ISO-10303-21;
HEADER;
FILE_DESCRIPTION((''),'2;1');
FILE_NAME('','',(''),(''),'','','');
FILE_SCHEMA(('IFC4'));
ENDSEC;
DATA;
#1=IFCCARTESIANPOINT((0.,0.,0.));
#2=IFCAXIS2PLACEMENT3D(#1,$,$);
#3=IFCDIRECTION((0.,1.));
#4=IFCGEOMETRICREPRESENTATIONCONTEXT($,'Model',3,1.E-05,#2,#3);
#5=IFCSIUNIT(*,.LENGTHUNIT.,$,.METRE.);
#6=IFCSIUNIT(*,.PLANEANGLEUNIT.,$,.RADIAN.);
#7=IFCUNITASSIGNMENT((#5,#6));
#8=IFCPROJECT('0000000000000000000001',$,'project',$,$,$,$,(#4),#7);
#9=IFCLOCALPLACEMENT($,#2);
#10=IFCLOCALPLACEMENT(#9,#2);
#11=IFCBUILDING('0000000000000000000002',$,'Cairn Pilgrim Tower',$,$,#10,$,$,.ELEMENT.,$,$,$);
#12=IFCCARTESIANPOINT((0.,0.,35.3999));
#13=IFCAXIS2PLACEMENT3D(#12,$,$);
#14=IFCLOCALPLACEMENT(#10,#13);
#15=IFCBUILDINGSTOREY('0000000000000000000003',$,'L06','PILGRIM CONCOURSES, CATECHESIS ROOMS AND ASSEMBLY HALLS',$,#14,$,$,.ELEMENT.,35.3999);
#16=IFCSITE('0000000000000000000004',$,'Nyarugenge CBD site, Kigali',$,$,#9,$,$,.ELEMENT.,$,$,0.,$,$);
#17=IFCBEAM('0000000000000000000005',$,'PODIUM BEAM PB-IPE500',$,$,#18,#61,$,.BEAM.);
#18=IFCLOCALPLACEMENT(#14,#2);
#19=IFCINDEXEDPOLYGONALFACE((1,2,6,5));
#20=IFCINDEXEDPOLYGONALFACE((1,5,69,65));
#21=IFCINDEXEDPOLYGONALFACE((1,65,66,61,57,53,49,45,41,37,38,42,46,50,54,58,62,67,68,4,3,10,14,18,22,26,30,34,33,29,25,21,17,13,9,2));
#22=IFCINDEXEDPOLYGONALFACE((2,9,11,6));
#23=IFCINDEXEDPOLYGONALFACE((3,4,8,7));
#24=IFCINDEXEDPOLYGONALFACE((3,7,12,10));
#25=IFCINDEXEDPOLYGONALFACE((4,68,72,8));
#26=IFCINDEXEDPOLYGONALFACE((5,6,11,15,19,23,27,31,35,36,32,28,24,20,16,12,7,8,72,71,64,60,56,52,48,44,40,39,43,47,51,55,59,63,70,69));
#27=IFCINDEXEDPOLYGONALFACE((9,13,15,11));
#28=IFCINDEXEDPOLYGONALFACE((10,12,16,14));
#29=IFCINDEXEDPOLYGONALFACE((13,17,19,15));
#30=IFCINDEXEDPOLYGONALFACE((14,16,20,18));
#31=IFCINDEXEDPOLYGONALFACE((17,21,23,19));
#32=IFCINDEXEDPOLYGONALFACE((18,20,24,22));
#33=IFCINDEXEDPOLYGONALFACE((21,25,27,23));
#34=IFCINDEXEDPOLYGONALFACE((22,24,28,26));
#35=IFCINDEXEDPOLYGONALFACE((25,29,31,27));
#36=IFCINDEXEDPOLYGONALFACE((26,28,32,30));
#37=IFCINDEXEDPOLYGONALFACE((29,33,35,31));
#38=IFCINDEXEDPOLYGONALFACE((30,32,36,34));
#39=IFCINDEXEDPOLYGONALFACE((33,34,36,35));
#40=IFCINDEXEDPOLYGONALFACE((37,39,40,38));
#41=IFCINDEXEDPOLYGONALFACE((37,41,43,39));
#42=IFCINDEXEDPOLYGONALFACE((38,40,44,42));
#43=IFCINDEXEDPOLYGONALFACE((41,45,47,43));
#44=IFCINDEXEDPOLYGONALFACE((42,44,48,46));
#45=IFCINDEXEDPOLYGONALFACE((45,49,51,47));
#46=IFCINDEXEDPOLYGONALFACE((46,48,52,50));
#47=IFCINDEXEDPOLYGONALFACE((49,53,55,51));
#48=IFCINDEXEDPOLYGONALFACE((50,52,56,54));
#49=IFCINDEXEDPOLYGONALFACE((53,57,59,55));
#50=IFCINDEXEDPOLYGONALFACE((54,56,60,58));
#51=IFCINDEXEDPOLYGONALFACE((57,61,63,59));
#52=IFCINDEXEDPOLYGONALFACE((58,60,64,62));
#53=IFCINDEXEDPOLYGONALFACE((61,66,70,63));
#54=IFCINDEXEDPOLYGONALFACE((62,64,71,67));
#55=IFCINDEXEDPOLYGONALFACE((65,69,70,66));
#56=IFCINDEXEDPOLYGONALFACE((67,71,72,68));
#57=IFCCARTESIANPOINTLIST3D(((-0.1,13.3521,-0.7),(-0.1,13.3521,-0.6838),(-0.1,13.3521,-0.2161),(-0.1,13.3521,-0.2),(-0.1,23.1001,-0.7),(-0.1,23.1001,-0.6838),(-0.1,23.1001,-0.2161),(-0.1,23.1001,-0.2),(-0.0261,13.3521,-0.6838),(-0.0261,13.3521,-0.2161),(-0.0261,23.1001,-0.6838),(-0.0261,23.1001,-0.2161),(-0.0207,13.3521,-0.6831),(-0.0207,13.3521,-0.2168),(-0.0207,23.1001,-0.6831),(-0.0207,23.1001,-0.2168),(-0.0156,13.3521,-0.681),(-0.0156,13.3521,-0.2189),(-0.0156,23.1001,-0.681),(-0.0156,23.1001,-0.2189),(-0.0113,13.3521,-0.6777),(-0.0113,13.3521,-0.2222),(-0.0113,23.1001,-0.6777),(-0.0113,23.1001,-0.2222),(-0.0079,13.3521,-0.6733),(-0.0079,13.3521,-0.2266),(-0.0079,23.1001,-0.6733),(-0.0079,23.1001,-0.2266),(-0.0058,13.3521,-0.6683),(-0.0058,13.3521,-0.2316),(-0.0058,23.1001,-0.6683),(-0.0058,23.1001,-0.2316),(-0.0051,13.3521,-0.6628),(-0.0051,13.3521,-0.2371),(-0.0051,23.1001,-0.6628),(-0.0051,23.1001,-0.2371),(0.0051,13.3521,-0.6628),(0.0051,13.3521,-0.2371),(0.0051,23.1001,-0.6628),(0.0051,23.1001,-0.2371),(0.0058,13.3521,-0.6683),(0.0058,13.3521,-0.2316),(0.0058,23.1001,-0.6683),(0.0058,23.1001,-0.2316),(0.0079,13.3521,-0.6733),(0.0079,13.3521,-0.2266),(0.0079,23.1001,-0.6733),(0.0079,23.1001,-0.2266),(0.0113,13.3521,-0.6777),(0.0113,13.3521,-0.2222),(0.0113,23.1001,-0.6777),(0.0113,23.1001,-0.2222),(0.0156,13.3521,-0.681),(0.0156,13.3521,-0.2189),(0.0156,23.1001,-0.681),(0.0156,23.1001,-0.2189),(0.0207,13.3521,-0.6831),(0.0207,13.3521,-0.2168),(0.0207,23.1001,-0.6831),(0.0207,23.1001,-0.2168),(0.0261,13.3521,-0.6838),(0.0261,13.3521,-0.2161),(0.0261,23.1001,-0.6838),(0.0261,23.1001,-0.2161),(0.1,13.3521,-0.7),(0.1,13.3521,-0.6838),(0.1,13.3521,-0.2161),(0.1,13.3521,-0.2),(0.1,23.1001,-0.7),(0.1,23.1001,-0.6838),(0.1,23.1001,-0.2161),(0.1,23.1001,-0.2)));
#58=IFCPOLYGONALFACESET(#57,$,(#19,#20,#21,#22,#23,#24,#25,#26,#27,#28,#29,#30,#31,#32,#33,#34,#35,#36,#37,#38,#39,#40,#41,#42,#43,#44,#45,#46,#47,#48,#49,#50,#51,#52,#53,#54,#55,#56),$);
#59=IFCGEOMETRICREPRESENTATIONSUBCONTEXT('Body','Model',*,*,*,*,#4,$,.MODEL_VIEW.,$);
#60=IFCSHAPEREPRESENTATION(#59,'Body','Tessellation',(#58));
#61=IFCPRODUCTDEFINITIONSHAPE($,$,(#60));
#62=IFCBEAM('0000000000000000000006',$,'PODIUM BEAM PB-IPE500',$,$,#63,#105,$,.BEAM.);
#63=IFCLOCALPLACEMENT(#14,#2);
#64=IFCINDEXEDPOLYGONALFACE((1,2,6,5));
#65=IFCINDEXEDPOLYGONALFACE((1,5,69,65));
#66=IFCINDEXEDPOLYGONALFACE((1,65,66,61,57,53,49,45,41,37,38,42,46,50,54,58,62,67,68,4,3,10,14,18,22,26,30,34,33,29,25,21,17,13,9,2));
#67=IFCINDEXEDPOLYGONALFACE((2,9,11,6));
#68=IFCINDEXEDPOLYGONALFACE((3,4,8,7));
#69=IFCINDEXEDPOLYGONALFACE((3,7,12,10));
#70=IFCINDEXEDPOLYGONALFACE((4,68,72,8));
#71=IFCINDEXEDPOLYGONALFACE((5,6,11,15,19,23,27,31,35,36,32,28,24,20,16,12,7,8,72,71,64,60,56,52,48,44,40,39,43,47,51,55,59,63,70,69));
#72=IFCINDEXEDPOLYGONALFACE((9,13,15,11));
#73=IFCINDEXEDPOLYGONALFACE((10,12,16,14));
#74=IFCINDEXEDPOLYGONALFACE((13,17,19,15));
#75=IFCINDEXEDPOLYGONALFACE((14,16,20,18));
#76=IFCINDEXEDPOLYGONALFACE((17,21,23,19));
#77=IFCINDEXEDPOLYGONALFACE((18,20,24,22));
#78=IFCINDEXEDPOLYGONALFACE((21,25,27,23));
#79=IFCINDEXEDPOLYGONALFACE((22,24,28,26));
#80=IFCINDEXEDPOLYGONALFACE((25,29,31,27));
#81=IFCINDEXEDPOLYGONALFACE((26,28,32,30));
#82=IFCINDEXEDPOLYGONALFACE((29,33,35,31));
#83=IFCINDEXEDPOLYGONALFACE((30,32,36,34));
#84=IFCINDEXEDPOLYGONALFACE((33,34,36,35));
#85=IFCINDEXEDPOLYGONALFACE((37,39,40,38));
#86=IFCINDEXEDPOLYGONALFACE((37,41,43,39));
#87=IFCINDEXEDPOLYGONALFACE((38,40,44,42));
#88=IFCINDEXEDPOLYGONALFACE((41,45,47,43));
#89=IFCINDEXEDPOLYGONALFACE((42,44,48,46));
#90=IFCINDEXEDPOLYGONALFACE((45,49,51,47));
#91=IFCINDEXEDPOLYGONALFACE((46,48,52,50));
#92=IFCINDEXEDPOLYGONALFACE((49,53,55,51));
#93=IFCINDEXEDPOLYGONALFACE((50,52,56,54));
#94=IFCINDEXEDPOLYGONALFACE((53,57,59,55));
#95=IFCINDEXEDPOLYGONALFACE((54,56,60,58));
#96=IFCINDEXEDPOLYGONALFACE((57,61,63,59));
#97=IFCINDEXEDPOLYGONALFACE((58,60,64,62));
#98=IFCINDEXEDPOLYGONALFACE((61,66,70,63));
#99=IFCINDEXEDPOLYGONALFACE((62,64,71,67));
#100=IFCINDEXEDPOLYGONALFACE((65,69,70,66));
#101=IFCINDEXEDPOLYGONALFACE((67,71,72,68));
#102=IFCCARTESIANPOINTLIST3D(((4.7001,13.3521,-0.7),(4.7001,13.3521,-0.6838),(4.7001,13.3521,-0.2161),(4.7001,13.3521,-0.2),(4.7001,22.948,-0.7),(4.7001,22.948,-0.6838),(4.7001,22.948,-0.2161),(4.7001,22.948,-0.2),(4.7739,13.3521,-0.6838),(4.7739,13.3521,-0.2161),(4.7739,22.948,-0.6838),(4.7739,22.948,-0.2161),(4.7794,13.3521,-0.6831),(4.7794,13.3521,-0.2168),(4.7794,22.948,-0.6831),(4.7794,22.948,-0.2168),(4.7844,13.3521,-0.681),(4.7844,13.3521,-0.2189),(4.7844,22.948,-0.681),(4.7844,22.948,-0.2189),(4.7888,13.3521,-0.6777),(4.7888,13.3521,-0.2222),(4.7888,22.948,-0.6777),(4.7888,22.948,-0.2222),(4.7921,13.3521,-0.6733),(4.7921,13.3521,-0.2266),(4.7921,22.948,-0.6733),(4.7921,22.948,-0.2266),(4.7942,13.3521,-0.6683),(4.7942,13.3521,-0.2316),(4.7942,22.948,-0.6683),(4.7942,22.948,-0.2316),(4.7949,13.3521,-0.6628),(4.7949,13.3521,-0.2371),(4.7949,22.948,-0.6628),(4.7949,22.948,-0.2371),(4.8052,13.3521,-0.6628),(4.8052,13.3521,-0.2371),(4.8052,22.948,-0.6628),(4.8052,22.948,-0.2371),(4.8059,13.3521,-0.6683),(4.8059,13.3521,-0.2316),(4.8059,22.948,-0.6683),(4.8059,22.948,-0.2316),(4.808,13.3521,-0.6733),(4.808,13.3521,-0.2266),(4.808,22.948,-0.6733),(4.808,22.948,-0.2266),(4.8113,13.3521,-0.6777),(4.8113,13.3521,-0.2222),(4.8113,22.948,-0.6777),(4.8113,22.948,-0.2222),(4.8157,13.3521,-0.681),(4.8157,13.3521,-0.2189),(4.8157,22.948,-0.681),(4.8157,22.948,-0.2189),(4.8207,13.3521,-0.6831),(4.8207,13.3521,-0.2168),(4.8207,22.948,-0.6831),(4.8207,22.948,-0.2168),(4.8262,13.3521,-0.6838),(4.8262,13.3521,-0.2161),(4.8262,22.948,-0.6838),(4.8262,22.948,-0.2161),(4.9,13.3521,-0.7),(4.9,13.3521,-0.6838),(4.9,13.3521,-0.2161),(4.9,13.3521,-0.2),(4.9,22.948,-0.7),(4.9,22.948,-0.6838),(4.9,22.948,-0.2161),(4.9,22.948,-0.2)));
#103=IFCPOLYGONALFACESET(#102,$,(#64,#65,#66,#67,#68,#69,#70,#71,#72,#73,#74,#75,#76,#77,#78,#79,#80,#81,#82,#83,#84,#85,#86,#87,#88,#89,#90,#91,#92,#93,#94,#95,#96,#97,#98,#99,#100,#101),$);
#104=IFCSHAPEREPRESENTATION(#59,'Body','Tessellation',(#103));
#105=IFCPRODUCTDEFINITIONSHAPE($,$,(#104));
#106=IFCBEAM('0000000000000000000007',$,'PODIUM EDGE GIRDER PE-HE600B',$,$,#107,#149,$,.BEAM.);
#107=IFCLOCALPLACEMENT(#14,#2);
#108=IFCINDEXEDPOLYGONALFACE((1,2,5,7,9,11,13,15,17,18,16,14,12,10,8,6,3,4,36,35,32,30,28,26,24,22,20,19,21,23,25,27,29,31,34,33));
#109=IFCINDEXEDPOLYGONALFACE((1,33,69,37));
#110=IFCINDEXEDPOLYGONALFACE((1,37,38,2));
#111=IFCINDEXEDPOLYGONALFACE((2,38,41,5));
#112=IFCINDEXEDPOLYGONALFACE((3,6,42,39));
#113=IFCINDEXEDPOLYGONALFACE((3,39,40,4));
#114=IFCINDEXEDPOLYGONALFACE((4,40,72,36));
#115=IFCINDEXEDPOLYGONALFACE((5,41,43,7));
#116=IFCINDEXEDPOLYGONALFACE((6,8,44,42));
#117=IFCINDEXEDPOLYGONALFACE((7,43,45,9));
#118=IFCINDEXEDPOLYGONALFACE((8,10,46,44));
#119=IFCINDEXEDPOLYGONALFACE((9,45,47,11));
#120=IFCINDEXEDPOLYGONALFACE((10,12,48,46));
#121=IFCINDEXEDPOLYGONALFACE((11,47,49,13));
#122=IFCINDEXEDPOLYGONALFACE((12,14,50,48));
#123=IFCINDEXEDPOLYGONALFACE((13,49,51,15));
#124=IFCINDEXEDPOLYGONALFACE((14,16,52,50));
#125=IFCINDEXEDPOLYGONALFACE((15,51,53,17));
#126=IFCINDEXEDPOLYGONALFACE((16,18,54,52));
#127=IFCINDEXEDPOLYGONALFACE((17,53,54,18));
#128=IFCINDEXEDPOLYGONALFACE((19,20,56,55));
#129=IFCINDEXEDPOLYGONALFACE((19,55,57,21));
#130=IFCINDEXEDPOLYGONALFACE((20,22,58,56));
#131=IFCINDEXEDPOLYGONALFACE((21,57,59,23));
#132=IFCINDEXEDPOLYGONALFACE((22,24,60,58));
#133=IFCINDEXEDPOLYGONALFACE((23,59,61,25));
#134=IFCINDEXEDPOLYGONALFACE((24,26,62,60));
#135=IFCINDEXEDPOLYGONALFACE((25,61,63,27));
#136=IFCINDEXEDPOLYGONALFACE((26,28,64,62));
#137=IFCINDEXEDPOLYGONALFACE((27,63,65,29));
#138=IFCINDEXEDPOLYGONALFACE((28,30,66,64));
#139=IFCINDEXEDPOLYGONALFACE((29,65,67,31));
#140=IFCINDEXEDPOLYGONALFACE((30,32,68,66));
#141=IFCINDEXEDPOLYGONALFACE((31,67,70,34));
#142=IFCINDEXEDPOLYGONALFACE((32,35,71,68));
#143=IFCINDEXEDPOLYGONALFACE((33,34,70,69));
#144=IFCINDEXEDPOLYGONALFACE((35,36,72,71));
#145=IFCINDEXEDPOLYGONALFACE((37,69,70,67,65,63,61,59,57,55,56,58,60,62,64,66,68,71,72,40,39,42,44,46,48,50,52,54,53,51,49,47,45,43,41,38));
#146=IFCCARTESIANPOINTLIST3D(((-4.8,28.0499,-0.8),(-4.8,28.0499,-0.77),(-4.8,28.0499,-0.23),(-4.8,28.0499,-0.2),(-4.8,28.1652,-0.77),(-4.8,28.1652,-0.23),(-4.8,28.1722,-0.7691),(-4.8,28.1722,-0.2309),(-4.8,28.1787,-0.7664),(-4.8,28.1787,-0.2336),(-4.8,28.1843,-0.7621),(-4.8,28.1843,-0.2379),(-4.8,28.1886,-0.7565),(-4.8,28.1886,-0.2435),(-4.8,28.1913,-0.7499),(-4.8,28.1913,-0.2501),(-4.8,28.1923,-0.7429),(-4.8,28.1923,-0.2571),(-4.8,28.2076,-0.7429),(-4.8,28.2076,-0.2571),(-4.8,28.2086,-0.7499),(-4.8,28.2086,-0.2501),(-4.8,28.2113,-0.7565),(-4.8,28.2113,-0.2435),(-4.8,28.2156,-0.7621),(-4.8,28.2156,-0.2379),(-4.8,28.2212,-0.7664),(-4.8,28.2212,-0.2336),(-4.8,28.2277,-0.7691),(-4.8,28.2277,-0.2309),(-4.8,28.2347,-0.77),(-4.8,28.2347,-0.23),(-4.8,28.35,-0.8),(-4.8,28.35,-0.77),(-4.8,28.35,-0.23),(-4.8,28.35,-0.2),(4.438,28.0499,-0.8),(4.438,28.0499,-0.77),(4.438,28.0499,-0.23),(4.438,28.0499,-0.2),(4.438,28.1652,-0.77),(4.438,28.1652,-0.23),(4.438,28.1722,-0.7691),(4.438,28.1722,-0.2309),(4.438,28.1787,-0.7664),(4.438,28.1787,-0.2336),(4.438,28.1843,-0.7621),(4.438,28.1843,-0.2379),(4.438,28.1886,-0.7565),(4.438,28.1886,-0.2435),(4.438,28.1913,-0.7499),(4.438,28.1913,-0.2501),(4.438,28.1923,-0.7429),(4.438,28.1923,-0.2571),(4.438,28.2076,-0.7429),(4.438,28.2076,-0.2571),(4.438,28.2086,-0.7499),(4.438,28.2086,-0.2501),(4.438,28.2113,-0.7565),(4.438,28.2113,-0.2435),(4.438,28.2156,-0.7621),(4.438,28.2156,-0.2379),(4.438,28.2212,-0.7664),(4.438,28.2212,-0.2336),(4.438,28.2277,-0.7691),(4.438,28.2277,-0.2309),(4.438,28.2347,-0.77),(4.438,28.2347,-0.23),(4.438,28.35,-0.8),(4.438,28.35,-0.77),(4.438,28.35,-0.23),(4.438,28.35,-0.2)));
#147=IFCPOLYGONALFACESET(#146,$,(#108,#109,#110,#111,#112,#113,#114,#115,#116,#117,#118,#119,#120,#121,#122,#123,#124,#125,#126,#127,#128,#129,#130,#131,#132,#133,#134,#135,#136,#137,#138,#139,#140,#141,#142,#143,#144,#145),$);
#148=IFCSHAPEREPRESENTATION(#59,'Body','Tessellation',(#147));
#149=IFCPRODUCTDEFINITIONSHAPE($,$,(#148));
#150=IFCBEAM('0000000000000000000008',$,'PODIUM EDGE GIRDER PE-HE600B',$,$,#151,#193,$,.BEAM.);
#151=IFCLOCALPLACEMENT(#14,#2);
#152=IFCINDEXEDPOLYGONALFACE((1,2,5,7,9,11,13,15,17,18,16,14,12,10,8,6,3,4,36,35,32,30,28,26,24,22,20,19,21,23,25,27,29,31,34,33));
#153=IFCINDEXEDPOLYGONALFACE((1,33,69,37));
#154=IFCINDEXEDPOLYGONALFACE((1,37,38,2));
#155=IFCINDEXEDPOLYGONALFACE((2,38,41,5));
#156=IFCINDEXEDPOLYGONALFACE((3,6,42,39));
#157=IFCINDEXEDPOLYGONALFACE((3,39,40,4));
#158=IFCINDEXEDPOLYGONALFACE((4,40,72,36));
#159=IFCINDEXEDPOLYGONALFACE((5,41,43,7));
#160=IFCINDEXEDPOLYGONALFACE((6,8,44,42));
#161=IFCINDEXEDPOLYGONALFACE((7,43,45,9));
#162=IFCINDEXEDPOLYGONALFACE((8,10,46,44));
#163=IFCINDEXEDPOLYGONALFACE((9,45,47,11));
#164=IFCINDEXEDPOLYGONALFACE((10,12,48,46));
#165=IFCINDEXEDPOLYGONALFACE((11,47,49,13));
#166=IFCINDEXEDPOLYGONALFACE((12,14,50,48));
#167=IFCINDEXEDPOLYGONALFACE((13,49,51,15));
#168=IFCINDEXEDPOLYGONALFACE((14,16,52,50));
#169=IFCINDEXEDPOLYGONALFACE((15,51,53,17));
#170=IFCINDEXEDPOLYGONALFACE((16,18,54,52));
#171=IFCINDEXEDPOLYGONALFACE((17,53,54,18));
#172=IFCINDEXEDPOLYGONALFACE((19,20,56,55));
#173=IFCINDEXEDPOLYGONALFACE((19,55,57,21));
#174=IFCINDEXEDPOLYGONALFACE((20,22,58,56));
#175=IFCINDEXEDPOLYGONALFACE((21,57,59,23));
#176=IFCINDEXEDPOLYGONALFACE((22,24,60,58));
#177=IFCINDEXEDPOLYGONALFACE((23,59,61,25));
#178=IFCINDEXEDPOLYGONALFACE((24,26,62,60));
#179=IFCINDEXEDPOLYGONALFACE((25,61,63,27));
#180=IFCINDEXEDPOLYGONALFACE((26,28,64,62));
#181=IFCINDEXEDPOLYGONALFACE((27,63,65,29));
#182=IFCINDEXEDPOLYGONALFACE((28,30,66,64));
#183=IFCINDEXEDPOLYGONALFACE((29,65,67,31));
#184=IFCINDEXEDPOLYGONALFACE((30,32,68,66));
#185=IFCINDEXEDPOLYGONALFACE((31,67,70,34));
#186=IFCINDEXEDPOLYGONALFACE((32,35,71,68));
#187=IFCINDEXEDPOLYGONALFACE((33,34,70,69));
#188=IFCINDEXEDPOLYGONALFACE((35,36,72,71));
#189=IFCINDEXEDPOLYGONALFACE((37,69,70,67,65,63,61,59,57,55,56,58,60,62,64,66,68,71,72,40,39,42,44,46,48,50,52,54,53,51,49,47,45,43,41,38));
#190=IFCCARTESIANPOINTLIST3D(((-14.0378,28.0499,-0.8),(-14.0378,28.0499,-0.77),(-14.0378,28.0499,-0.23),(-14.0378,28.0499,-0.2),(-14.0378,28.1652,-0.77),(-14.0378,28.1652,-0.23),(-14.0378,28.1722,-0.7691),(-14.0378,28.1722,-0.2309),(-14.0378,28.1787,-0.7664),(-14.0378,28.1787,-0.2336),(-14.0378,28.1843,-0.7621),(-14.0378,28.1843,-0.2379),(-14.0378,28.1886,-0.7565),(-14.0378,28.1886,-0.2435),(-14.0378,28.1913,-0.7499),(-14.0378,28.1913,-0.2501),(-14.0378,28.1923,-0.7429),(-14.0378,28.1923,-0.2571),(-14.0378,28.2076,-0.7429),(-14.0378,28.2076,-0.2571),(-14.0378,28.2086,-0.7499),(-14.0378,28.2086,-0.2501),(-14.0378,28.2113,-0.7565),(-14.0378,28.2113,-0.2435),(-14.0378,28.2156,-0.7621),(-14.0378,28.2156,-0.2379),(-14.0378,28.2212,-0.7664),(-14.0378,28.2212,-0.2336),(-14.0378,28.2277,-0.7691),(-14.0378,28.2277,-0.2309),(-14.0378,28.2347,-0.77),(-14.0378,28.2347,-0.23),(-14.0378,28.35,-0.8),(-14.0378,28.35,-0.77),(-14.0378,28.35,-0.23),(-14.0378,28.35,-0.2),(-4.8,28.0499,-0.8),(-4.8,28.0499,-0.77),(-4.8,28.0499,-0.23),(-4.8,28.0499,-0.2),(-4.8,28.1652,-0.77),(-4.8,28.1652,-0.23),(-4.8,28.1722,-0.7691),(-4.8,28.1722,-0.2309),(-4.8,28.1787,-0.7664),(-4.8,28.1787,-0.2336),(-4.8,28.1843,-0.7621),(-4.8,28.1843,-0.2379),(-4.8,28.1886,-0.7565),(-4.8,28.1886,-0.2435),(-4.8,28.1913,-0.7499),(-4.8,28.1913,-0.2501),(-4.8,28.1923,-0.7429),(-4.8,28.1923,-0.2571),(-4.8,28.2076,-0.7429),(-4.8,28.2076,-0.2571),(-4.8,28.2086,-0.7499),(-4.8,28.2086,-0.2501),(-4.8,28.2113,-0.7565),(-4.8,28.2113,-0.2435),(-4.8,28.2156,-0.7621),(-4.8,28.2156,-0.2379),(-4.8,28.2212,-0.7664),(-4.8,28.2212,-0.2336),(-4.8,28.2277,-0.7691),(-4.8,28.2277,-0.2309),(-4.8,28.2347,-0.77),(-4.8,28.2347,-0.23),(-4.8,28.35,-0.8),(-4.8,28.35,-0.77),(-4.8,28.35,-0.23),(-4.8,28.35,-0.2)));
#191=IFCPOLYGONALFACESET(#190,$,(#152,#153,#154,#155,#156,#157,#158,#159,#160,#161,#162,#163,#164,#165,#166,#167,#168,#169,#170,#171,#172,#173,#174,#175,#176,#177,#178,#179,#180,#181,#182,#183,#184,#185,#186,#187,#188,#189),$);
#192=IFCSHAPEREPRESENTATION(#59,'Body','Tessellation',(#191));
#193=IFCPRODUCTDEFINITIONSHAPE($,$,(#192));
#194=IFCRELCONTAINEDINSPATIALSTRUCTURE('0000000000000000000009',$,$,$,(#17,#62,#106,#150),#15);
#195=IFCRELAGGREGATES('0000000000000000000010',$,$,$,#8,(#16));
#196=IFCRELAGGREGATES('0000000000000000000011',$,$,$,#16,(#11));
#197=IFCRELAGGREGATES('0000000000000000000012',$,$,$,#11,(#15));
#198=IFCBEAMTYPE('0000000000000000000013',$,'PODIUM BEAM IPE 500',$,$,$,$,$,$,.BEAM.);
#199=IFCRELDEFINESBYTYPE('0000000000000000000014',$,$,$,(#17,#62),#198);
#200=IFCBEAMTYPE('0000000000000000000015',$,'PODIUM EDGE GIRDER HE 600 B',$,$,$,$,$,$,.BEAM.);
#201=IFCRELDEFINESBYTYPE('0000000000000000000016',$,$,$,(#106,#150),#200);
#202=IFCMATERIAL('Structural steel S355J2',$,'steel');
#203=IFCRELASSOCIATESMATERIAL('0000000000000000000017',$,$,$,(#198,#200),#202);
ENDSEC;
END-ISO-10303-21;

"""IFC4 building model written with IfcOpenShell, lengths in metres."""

from ifc_helpers import new_model, si_unit, direction, frame, origin, origin_2d, place, context, subcontext, project, spatial, i_section, extrude, material, material_profile, profile_set, type_object, element, save


model = new_model("IFC4")

# Units and contexts
model_context = context("Model", 3, precision=1e-05, world=origin(), true_north=direction((0.0, 1.0)))
body_context = subcontext(model_context, "Body", "Model", "MODEL_VIEW")
ifc_project = project(units=[si_unit("LENGTHUNIT", "METRE"), si_unit("PLANEANGLEUNIT", "RADIAN")], contexts=[model_context])

# Site, building, storey
site_placement = place(None, origin())
site = spatial("IfcSite", under=ifc_project, at=site_placement, Name="Nyarugenge CBD site, Kigali", CompositionType="ELEMENT", RefElevation=0.0)
building_placement = place(site_placement, origin())
building = spatial("IfcBuilding", under=site, at=building_placement, Name="Cairn Pilgrim Tower", CompositionType="ELEMENT")
storey_placement = place(building_placement, frame((0.0, 0.0, 35.3999)))
storey = spatial("IfcBuildingStorey", under=building, at=storey_placement, Name="L06", Description="PILGRIM CONCOURSES, CATECHESIS ROOMS AND ASSEMBLY HALLS", CompositionType="ELEMENT", Elevation=35.3999)

# Beams
ifc_material_1 = material(Name="Structural steel S355J2", Category="steel")
ifc_material_profile_1 = material_profile(ifc_material_1, i_section(OverallWidth=0.2, OverallDepth=0.5, WebThickness=0.0103, FlangeThickness=0.0161, FilletRadius=0.021, at=origin_2d()), Name="IPE 500")
ifc_profile_set_1 = profile_set([ifc_material_profile_1], Name="Structural steel S355J2")
beam_type_1 = type_object("IfcBeamType", Name="PODIUM BEAM IPE 500", PredefinedType="BEAM", material=ifc_profile_set_1)
beam_1_placement = place(storey_placement, frame((0.0, 13.3521, -0.45), z_axis=(0.0, 1.0, 0.0), x_axis=(-1.0, 0.0, 0.0)))
element("IfcBeam", 1, at=beam_1_placement, inside=storey, type_object=beam_type_1, Name="PODIUM BEAM PB-IPE500", PredefinedType="BEAM", context=body_context, shape_type="SweptSolid", body=[
    extrude(i_section(OverallWidth=0.2, OverallDepth=0.5, WebThickness=0.0103, FlangeThickness=0.0161, FilletRadius=0.021, at=origin_2d()), origin(), (0.0, 0.0, 1.0), 9.748),
])
beam_2_placement = place(storey_placement, frame((4.8, 13.3521, -0.45), z_axis=(0.0, 1.0, 0.0), x_axis=(-1.0, 0.0, 0.0)))
element("IfcBeam", 2, at=beam_2_placement, inside=storey, type_object=beam_type_1, Name="PODIUM BEAM PB-IPE500", PredefinedType="BEAM", context=body_context, shape_type="SweptSolid", body=[
    extrude(i_section(OverallWidth=0.2, OverallDepth=0.5, WebThickness=0.0103, FlangeThickness=0.0161, FilletRadius=0.021, at=origin_2d()), origin(), (0.0, 0.0, 1.0), 9.5959),
])
ifc_material_profile_2 = material_profile(ifc_material_1, i_section(OverallWidth=0.3, OverallDepth=0.6001, WebThickness=0.0154, FlangeThickness=0.03, FilletRadius=0.0271, at=origin_2d()), Name="HEB 600")
ifc_profile_set_2 = profile_set([ifc_material_profile_2], Name="Structural steel S355J2")
beam_type_2 = type_object("IfcBeamType", Name="PODIUM EDGE GIRDER HE 600 B", PredefinedType="BEAM", material=ifc_profile_set_2)
beam_3_placement = place(storey_placement, frame((4.438, 28.2, -0.5), z_axis=(-1.0, 0.0, 0.0), x_axis=(0.0, -1.0, 0.0)))
element("IfcBeam", 3, at=beam_3_placement, inside=storey, type_object=beam_type_2, Name="PODIUM EDGE GIRDER PE-HE600B", PredefinedType="BEAM", context=body_context, shape_type="SweptSolid", body=[
    extrude(i_section(OverallWidth=0.3, OverallDepth=0.6001, WebThickness=0.0154, FlangeThickness=0.03, FilletRadius=0.0271, at=origin_2d()), origin(), (0.0, 0.0, 1.0), 9.238),
])
beam_4_placement = place(storey_placement, frame((-4.8, 28.2, -0.5), z_axis=(-1.0, 0.0, 0.0), x_axis=(0.0, -1.0, 0.0)))
element("IfcBeam", 4, at=beam_4_placement, inside=storey, type_object=beam_type_2, Name="PODIUM EDGE GIRDER PE-HE600B", PredefinedType="BEAM", context=body_context, shape_type="SweptSolid", body=[
    extrude(i_section(OverallWidth=0.3, OverallDepth=0.6001, WebThickness=0.0154, FlangeThickness=0.03, FilletRadius=0.0271, at=origin_2d()), origin(), (0.0, 0.0, 1.0), 9.2378),
])

save(model, "model.ifc")
